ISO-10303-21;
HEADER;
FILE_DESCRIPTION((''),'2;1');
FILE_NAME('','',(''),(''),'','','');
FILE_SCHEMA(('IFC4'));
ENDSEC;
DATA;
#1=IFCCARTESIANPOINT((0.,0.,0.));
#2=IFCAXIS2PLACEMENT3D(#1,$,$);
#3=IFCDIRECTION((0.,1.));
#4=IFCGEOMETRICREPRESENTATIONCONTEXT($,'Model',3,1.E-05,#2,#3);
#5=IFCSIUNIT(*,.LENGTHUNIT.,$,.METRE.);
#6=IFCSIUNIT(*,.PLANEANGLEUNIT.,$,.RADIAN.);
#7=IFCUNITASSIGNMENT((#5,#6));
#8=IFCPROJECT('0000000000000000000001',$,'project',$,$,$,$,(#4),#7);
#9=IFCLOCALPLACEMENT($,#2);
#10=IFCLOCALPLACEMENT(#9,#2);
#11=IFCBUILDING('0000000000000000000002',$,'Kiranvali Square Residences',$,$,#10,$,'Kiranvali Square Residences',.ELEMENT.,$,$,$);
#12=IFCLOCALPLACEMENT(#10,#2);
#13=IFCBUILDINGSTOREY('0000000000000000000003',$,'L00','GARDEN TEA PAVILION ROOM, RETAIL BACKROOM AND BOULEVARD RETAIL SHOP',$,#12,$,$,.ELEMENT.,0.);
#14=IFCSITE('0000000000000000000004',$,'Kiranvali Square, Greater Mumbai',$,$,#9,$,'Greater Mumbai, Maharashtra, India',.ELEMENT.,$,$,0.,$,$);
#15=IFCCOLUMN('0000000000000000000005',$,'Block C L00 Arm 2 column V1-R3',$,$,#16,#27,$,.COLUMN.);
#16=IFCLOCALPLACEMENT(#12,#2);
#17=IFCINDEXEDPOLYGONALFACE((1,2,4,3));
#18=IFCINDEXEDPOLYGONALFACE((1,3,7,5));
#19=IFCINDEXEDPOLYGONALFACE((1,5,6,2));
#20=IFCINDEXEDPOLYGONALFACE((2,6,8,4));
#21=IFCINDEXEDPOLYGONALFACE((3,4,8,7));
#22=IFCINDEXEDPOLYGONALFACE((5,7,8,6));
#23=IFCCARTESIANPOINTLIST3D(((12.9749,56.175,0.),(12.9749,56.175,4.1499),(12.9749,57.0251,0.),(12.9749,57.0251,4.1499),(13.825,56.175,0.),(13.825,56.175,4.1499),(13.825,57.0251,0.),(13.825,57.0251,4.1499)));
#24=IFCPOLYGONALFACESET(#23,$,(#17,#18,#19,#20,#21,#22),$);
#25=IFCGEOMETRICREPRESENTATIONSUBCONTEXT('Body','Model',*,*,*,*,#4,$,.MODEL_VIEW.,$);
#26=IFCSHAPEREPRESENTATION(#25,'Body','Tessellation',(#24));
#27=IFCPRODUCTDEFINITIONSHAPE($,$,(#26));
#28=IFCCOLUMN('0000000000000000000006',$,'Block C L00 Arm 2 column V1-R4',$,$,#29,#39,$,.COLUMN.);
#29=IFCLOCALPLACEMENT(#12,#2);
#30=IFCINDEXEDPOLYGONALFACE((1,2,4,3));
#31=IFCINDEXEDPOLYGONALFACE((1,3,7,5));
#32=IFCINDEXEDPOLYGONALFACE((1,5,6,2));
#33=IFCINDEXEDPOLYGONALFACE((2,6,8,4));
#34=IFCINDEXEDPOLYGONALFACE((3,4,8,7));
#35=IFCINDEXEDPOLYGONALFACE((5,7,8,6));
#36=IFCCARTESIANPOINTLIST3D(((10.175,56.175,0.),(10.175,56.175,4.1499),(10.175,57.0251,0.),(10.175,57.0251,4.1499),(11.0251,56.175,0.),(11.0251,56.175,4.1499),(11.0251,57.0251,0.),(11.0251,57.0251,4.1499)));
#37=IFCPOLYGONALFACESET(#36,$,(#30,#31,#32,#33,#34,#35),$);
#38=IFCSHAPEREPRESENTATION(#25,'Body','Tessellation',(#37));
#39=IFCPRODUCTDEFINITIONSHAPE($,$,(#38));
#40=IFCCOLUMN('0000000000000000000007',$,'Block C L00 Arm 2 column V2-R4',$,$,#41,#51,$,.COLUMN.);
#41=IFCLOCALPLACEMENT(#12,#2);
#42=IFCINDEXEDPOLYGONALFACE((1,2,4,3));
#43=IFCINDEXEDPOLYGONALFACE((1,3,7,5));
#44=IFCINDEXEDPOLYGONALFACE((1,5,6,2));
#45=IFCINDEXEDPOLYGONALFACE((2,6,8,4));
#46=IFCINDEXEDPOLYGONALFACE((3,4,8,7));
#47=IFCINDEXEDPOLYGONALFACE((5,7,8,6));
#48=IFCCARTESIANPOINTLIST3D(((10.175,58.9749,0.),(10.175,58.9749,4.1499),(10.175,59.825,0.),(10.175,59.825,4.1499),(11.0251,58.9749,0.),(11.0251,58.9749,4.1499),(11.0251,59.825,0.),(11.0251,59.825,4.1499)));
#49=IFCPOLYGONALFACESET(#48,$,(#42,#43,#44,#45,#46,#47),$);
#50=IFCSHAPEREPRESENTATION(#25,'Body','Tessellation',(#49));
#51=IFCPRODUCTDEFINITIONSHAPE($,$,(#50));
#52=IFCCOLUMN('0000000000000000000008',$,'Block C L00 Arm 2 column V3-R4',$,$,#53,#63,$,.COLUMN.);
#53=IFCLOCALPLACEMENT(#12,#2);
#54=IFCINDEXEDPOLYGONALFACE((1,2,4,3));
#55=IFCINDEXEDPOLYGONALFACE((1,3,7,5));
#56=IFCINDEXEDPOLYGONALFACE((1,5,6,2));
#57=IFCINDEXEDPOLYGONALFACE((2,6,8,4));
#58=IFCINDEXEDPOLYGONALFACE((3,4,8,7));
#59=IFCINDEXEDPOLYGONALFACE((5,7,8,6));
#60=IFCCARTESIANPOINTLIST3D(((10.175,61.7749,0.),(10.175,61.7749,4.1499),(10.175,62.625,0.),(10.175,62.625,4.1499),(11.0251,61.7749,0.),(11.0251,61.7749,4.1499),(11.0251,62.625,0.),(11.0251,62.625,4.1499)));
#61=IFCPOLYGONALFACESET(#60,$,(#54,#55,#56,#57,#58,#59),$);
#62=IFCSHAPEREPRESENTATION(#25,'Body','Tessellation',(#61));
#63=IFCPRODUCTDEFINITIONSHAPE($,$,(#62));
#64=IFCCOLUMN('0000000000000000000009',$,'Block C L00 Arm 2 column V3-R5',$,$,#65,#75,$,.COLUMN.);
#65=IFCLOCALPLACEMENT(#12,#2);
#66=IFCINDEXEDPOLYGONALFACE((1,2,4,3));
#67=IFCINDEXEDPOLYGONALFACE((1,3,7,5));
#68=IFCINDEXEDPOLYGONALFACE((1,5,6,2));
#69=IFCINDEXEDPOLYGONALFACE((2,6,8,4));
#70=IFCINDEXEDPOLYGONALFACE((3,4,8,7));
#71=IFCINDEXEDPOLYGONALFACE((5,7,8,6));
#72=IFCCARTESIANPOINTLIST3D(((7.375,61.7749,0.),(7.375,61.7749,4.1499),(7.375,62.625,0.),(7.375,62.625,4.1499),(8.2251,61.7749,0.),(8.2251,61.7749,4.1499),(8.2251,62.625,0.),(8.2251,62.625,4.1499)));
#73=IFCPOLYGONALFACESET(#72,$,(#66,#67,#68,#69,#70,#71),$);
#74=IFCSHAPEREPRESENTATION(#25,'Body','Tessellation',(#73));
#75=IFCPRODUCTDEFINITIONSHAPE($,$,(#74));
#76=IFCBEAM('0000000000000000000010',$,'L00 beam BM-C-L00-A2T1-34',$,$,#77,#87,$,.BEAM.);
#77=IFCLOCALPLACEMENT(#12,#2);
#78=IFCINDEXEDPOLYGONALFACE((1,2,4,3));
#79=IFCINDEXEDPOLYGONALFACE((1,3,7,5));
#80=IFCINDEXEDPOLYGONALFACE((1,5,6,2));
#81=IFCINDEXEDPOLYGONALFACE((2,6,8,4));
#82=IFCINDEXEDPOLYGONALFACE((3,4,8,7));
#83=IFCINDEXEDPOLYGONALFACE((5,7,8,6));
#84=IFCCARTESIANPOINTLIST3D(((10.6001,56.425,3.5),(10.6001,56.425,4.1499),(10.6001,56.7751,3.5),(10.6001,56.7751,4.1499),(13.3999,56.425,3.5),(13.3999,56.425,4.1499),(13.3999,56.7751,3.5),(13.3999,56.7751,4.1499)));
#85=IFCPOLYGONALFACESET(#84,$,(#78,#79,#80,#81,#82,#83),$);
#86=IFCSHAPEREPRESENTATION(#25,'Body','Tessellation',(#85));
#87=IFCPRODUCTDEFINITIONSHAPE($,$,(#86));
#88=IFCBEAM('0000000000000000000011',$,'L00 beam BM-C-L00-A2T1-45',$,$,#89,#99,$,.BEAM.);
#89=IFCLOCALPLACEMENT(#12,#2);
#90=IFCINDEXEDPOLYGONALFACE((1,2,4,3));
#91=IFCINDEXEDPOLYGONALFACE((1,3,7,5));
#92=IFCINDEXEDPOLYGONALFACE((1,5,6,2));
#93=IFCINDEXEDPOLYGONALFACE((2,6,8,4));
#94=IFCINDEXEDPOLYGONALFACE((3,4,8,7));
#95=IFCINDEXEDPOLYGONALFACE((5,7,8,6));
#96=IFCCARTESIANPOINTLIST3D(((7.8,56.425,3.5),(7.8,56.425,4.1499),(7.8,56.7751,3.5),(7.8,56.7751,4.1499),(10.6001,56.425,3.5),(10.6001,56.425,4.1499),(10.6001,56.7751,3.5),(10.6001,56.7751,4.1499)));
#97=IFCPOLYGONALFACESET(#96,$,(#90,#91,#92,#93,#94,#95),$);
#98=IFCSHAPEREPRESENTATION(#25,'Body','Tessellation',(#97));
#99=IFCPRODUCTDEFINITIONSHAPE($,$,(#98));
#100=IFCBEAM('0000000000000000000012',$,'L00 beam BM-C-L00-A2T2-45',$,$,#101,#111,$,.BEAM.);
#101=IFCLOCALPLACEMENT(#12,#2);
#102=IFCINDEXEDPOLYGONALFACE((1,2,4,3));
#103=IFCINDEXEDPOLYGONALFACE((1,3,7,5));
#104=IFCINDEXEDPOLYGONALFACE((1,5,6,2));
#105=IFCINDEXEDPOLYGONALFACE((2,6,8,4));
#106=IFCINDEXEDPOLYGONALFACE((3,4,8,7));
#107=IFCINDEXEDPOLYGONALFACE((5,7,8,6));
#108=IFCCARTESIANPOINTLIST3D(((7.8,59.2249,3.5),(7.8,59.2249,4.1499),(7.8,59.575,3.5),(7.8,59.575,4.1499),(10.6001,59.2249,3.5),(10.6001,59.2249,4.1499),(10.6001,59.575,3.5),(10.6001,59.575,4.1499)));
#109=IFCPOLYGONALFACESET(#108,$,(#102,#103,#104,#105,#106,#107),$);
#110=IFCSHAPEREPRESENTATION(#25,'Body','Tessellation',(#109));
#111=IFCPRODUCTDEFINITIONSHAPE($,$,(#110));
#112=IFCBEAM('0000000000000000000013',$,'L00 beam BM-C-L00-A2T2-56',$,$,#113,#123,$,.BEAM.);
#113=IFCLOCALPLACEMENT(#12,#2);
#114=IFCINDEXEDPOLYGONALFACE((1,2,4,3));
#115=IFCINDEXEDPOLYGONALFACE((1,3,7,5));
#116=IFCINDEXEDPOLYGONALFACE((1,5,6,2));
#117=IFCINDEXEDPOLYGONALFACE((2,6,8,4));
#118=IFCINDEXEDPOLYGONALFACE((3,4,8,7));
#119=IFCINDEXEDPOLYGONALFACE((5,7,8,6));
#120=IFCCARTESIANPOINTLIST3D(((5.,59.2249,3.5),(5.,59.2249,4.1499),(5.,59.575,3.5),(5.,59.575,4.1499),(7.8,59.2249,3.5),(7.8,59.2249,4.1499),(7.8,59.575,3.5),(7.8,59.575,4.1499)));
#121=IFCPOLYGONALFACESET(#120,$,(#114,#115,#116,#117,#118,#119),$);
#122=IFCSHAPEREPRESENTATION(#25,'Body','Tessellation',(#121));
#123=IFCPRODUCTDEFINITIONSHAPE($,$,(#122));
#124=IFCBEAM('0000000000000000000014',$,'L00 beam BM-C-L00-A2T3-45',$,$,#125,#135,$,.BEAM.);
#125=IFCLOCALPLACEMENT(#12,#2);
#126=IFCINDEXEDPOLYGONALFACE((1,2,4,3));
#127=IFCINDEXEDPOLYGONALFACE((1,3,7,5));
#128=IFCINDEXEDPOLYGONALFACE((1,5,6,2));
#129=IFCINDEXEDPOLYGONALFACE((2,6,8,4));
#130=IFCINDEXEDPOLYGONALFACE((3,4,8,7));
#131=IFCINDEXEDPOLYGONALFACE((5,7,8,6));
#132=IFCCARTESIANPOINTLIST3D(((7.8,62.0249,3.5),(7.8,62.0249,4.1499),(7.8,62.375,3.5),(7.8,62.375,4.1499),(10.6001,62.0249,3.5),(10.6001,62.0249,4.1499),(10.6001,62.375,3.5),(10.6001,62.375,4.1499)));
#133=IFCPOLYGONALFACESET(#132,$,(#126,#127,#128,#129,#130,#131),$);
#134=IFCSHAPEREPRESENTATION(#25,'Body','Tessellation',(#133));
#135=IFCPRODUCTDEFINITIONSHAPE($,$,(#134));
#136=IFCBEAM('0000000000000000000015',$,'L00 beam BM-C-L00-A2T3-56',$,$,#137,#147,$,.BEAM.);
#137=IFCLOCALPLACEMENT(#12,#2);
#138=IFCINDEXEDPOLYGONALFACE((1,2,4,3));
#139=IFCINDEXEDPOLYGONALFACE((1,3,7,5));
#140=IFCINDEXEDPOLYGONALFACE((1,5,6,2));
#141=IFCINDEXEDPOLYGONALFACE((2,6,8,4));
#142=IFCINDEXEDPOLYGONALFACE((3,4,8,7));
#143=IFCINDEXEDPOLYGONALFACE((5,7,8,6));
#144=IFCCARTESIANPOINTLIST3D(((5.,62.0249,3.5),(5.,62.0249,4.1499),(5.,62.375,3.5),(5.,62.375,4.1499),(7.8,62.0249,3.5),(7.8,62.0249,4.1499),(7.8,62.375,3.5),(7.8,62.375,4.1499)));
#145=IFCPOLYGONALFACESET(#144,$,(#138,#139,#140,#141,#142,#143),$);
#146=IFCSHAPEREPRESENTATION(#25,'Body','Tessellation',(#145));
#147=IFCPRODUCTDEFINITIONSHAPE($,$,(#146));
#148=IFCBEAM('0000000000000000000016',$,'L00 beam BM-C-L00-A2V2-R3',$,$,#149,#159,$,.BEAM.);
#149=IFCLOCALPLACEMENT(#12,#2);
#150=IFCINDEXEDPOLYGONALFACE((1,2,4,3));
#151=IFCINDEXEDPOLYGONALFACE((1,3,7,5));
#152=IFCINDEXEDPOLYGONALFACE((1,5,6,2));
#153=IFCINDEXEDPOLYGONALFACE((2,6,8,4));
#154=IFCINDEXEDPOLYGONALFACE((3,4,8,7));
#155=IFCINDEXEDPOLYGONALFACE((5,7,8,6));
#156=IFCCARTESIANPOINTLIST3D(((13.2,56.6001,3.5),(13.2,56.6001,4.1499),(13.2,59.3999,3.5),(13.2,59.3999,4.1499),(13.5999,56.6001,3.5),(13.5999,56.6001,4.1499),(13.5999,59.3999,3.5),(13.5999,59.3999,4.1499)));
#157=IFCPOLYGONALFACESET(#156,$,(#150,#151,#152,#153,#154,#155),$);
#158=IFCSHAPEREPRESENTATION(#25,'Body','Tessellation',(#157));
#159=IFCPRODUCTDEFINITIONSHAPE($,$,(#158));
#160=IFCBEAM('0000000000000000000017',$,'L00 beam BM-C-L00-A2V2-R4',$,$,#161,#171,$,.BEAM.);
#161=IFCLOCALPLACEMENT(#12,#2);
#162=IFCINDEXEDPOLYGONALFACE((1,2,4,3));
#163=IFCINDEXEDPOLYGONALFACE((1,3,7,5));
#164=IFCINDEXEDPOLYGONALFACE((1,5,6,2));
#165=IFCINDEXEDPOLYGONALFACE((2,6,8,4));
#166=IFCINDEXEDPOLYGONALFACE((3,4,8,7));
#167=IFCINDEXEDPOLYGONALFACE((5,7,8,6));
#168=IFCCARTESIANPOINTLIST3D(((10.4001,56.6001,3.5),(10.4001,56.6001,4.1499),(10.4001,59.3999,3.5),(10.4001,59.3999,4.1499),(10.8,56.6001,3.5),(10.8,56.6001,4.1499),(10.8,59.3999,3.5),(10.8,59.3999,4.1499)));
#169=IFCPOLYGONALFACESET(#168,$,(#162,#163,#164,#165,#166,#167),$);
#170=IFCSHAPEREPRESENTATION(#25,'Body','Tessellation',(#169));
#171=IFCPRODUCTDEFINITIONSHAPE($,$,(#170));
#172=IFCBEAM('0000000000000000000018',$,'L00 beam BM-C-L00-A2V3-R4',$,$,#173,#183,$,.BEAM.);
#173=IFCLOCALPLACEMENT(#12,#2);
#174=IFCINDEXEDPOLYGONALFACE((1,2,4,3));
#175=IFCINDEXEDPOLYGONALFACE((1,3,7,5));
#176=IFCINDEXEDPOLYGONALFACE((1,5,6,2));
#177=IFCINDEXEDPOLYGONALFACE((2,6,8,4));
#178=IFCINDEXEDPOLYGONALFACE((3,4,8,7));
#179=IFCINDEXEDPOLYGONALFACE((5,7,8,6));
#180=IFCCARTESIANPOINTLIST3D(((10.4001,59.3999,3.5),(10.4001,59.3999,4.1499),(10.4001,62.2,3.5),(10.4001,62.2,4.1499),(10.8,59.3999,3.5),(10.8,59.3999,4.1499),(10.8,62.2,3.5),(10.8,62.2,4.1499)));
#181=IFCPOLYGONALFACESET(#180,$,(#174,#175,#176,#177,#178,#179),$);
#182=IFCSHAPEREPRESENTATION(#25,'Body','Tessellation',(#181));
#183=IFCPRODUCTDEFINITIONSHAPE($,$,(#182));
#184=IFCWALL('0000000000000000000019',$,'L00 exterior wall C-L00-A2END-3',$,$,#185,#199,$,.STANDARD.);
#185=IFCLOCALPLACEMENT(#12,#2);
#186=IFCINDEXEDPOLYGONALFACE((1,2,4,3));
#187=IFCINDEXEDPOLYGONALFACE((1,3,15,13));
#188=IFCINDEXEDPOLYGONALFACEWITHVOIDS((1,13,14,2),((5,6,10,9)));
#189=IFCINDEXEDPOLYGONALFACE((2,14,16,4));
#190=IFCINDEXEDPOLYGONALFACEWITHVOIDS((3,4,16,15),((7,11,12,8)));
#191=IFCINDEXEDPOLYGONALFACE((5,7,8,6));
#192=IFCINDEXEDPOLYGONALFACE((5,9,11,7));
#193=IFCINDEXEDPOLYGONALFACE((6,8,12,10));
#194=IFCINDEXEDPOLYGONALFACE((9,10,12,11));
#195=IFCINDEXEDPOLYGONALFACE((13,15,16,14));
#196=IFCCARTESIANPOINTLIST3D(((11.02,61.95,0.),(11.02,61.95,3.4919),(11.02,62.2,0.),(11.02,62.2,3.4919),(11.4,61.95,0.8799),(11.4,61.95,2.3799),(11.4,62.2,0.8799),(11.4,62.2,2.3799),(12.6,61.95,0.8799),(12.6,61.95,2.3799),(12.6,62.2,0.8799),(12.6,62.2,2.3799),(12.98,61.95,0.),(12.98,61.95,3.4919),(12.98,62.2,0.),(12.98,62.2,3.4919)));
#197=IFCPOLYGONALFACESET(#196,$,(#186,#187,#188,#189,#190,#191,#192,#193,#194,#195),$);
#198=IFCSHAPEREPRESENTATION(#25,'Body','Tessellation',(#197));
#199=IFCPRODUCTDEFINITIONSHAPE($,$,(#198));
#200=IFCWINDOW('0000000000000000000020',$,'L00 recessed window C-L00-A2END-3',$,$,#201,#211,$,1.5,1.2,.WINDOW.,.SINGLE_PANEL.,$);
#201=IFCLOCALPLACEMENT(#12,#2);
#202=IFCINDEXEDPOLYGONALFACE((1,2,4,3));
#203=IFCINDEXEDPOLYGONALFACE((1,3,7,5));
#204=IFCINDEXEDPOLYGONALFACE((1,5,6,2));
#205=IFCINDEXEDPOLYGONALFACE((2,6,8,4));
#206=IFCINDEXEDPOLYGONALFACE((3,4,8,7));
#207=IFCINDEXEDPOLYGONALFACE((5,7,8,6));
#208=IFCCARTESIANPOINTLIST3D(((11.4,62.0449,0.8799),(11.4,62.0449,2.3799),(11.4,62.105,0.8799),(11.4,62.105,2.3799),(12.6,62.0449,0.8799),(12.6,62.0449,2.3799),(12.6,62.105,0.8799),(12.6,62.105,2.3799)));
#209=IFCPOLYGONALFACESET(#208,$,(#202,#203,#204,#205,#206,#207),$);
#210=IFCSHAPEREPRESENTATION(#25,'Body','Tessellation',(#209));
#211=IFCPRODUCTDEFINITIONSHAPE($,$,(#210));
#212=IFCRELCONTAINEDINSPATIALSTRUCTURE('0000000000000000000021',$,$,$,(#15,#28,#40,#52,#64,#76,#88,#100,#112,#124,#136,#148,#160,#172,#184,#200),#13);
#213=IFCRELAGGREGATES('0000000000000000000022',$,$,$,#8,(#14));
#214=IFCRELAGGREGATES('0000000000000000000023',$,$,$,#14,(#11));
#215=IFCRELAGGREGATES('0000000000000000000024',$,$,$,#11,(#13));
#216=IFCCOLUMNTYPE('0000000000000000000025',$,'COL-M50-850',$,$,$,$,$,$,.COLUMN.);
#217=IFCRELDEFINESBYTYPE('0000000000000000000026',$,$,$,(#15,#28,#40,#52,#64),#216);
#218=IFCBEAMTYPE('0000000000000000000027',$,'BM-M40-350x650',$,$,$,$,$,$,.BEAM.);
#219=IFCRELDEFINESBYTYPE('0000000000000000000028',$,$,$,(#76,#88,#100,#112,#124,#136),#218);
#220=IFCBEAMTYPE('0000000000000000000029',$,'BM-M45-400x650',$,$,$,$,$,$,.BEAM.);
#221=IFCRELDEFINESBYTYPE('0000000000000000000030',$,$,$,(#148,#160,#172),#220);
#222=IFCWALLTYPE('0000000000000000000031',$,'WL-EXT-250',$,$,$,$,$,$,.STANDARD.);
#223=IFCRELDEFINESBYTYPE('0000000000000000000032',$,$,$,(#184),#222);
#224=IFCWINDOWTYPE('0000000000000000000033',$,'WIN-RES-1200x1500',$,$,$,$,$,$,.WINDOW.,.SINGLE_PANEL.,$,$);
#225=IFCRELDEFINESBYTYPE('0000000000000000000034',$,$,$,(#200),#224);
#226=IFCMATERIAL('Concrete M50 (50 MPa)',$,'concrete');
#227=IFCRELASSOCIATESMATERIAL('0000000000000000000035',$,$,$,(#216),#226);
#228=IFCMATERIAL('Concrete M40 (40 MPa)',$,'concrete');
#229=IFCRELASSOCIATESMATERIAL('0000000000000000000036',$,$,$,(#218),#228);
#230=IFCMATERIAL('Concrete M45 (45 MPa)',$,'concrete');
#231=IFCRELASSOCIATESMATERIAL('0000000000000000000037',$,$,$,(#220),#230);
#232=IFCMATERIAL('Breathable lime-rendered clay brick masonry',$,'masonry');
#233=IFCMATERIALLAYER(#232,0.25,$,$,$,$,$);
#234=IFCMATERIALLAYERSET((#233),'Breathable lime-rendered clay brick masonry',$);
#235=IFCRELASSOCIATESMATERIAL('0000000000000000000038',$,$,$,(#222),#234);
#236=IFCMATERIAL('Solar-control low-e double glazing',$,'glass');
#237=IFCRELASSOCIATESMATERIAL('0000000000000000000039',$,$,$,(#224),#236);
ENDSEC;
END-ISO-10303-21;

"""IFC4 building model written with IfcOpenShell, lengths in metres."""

from ifc_helpers import new_model, si_unit, direction, frame, frame_2d, origin, origin_2d, place, context, subcontext, project, spatial, rectangle, extrude, material, layer, layer_set, material_profile, profile_set, type_object, element, fill, save


model = new_model("IFC4")

# Units and contexts
model_context = context("Model", 3, precision=1e-05, world=origin(), true_north=direction((0.0, 1.0)))
body_context = subcontext(model_context, "Body", "Model", "MODEL_VIEW")
ifc_project = project(units=[si_unit("LENGTHUNIT", "METRE"), si_unit("PLANEANGLEUNIT", "RADIAN")], contexts=[model_context])

# Site, building, storey
site_placement = place(None, origin())
site = spatial("IfcSite", under=ifc_project, at=site_placement, Name="Kiranvali Square, Greater Mumbai", LongName="Greater Mumbai, Maharashtra, India", CompositionType="ELEMENT", RefElevation=0.0)
building_placement = place(site_placement, origin())
building = spatial("IfcBuilding", under=site, at=building_placement, Name="Kiranvali Square Residences", LongName="Kiranvali Square Residences", CompositionType="ELEMENT")
storey_placement = place(building_placement, origin())
storey = spatial("IfcBuildingStorey", under=building, at=storey_placement, Name="L00", Description="GARDEN TEA PAVILION ROOM, RETAIL BACKROOM AND BOULEVARD RETAIL SHOP", CompositionType="ELEMENT", Elevation=0.0)

# Columns
ifc_material_1 = material(Name="Concrete M50 (50 MPa)", Category="concrete")
ifc_material_profile_1 = material_profile(ifc_material_1, rectangle(XDim=0.8501, YDim=0.8501, at=origin_2d()), Name="RC 850x850")
ifc_profile_set_1 = profile_set([ifc_material_profile_1], Name="Concrete M50 (50 MPa)")
column_type = type_object("IfcColumnType", Name="COL-M50-850", PredefinedType="COLUMN", material=ifc_profile_set_1)
for number, where, z_axis, x_axis, name in (
    (1, (13.3999, 56.6001, 0.0), (0.0, 0.0, 1.0), (1.0, 0.0, 0.0), "Block C L00 Arm 2 column V1-R3"),
    (2, (10.6001, 56.6001, 0.0), (0.0, 0.0, 1.0), (1.0, 0.0, 0.0), "Block C L00 Arm 2 column V1-R4"),
    (3, (10.6001, 59.3999, 0.0), (0.0, 0.0, 1.0), (1.0, 0.0, 0.0), "Block C L00 Arm 2 column V2-R4"),
    (4, (10.6001, 62.2, 0.0), (0.0, 0.0, 1.0), (1.0, 0.0, 0.0), "Block C L00 Arm 2 column V3-R4"),
    (5, (7.8, 62.2, 0.0), (0.0, 0.0, 1.0), (1.0, 0.0, 0.0), "Block C L00 Arm 2 column V3-R5"),
):
    element("IfcColumn", number, at=place(storey_placement, frame(where, z_axis=z_axis, x_axis=x_axis)), inside=storey, type_object=column_type, Name=name, PredefinedType="COLUMN", context=body_context, shape_type="SweptSolid", body=[
        extrude(rectangle(XDim=0.8501, YDim=0.8501, at=origin_2d()), origin(), (0.0, 0.0, 1.0), 4.1499),
    ])

# Beams
ifc_material_2 = material(Name="Concrete M40 (40 MPa)", Category="concrete")
ifc_material_profile_2 = material_profile(ifc_material_2, rectangle(XDim=0.3501, YDim=0.6499, at=origin_2d()), Name="RC 350x650")
ifc_profile_set_2 = profile_set([ifc_material_profile_2], Name="Concrete M40 (40 MPa)")
beam_type_1 = type_object("IfcBeamType", Name="BM-M40-350x650", PredefinedType="BEAM", material=ifc_profile_set_2)
beam_1_placement = place(storey_placement, frame((13.3999, 56.6001, 3.825), z_axis=(-1.0, 0.0, 0.0), x_axis=(0.0, -1.0, 0.0)))
element("IfcBeam", 6, at=beam_1_placement, inside=storey, type_object=beam_type_1, Name="L00 beam BM-C-L00-A2T1-34", PredefinedType="BEAM", context=body_context, shape_type="SweptSolid", body=[
    extrude(rectangle(XDim=0.3501, YDim=0.6499, at=origin_2d()), origin(), (0.0, 0.0, 1.0), 2.7998),
])
for number, where, z_axis, x_axis, name in (
    (7, (10.6001, 56.6001, 3.825), (-1.0, 0.0, 0.0), (0.0, -1.0, 0.0), "L00 beam BM-C-L00-A2T1-45"),
    (8, (10.6001, 59.3999, 3.825), (-1.0, 0.0, 0.0), (0.0, -1.0, 0.0), "L00 beam BM-C-L00-A2T2-45"),
    (9, (7.8, 59.3999, 3.825), (-1.0, 0.0, 0.0), (0.0, -1.0, 0.0), "L00 beam BM-C-L00-A2T2-56"),
    (10, (10.6001, 62.2, 3.825), (-1.0, 0.0, 0.0), (0.0, -1.0, 0.0), "L00 beam BM-C-L00-A2T3-45"),
    (11, (7.8, 62.2, 3.825), (-1.0, 0.0, 0.0), (0.0, -1.0, 0.0), "L00 beam BM-C-L00-A2T3-56"),
):
    element("IfcBeam", number, at=place(storey_placement, frame(where, z_axis=z_axis, x_axis=x_axis)), inside=storey, type_object=beam_type_1, Name=name, PredefinedType="BEAM", context=body_context, shape_type="SweptSolid", body=[
        extrude(rectangle(XDim=0.3501, YDim=0.6499, at=origin_2d()), origin(), (0.0, 0.0, 1.0), 2.8),
    ])
ifc_material_3 = material(Name="Concrete M45 (45 MPa)", Category="concrete")
ifc_material_profile_3 = material_profile(ifc_material_3, rectangle(XDim=0.3999, YDim=0.6499, at=origin_2d()), Name="RC 400x650")
ifc_profile_set_3 = profile_set([ifc_material_profile_3], Name="Concrete M45 (45 MPa)")
beam_type_2 = type_object("IfcBeamType", Name="BM-M45-400x650", PredefinedType="BEAM", material=ifc_profile_set_3)
for number, where, z_axis, x_axis, name in (
    (12, (13.3999, 56.6001, 3.825), (0.0, 1.0, 0.0), (-1.0, 0.0, 0.0), "L00 beam BM-C-L00-A2V2-R3"),
    (13, (10.6001, 56.6001, 3.825), (0.0, 1.0, 0.0), (-1.0, 0.0, 0.0), "L00 beam BM-C-L00-A2V2-R4"),
):
    element("IfcBeam", number, at=place(storey_placement, frame(where, z_axis=z_axis, x_axis=x_axis)), inside=storey, type_object=beam_type_2, Name=name, PredefinedType="BEAM", context=body_context, shape_type="SweptSolid", body=[
        extrude(rectangle(XDim=0.3999, YDim=0.6499, at=origin_2d()), origin(), (0.0, 0.0, 1.0), 2.7998),
    ])
beam_2_placement = place(storey_placement, frame((10.6001, 59.3999, 3.825), z_axis=(0.0, 1.0, 0.0), x_axis=(-1.0, 0.0, 0.0)))
element("IfcBeam", 14, at=beam_2_placement, inside=storey, type_object=beam_type_2, Name="L00 beam BM-C-L00-A2V3-R4", PredefinedType="BEAM", context=body_context, shape_type="SweptSolid", body=[
    extrude(rectangle(XDim=0.3999, YDim=0.6499, at=origin_2d()), origin(), (0.0, 0.0, 1.0), 2.8),
])

# Wall, opening, window
ifc_material_4 = material(Name="Breathable lime-rendered clay brick masonry", Category="masonry")
ifc_layer_1 = layer(ifc_material_4, 0.25)
ifc_layer_set_1 = layer_set([ifc_layer_1], Name="Breathable lime-rendered clay brick masonry")
wall_type_1 = type_object("IfcWallType", Name="WL-EXT-250", PredefinedType="STANDARD", material=ifc_layer_set_1)
wall_1_placement = place(storey_placement, frame((12.98, 62.075, 0.0), z_axis=(0.0, 0.0, 1.0), x_axis=(-1.0, 0.0, 0.0)))
wall_1 = element("IfcWall", 15, at=wall_1_placement, inside=storey, type_object=wall_type_1, Name="L00 exterior wall C-L00-A2END-3", PredefinedType="STANDARD", context=body_context, shape_type="SweptSolid", body=[
    extrude(rectangle(XDim=1.96, YDim=0.25, at=frame_2d((0.98, 0.0))), origin(), (0.0, 0.0, 1.0), 3.4919),
])
opening_1_placement = place(wall_1_placement, frame((0.3799, 0.0, 0.8799)))
opening_1 = element("IfcOpeningElement", 16, at=opening_1_placement, cuts=wall_1, PredefinedType="OPENING", context=body_context, shape_type="SweptSolid", body=[
    extrude(rectangle(XDim=1.2, YDim=1.5, at=frame_2d((0.6001, 0.75))), frame((0.0, 0.135, 0.0), z_axis=(0.0, -1.0, 0.0), x_axis=(1.0, 0.0, 0.0)), (0.0, 0.0, 1.0), 0.27),
])
ifc_material_5 = material(Name="Solar-control low-e double glazing", Category="glass")
window_type = type_object("IfcWindowType", Name="WIN-RES-1200x1500", PartitioningType="SINGLE_PANEL", PredefinedType="WINDOW", material=ifc_material_5)
window_1_placement = place(opening_1_placement, origin())
window_1 = element("IfcWindow", 17, at=window_1_placement, inside=storey, type_object=window_type, Name="L00 recessed window C-L00-A2END-3", OverallHeight=1.5, OverallWidth=1.2, PartitioningType="SINGLE_PANEL", PredefinedType="WINDOW", context=body_context, shape_type="SweptSolid", body=[
    extrude(rectangle(XDim=1.2, YDim=1.5, at=frame_2d((0.6001, 0.75))), frame((0.0, 0.03, 0.0), z_axis=(0.0, -1.0, 0.0), x_axis=(1.0, 0.0, 0.0)), (0.0, 0.0, 1.0), 0.0601),
])
fill(opening_1, window_1)

save(model, "model.ifc")
